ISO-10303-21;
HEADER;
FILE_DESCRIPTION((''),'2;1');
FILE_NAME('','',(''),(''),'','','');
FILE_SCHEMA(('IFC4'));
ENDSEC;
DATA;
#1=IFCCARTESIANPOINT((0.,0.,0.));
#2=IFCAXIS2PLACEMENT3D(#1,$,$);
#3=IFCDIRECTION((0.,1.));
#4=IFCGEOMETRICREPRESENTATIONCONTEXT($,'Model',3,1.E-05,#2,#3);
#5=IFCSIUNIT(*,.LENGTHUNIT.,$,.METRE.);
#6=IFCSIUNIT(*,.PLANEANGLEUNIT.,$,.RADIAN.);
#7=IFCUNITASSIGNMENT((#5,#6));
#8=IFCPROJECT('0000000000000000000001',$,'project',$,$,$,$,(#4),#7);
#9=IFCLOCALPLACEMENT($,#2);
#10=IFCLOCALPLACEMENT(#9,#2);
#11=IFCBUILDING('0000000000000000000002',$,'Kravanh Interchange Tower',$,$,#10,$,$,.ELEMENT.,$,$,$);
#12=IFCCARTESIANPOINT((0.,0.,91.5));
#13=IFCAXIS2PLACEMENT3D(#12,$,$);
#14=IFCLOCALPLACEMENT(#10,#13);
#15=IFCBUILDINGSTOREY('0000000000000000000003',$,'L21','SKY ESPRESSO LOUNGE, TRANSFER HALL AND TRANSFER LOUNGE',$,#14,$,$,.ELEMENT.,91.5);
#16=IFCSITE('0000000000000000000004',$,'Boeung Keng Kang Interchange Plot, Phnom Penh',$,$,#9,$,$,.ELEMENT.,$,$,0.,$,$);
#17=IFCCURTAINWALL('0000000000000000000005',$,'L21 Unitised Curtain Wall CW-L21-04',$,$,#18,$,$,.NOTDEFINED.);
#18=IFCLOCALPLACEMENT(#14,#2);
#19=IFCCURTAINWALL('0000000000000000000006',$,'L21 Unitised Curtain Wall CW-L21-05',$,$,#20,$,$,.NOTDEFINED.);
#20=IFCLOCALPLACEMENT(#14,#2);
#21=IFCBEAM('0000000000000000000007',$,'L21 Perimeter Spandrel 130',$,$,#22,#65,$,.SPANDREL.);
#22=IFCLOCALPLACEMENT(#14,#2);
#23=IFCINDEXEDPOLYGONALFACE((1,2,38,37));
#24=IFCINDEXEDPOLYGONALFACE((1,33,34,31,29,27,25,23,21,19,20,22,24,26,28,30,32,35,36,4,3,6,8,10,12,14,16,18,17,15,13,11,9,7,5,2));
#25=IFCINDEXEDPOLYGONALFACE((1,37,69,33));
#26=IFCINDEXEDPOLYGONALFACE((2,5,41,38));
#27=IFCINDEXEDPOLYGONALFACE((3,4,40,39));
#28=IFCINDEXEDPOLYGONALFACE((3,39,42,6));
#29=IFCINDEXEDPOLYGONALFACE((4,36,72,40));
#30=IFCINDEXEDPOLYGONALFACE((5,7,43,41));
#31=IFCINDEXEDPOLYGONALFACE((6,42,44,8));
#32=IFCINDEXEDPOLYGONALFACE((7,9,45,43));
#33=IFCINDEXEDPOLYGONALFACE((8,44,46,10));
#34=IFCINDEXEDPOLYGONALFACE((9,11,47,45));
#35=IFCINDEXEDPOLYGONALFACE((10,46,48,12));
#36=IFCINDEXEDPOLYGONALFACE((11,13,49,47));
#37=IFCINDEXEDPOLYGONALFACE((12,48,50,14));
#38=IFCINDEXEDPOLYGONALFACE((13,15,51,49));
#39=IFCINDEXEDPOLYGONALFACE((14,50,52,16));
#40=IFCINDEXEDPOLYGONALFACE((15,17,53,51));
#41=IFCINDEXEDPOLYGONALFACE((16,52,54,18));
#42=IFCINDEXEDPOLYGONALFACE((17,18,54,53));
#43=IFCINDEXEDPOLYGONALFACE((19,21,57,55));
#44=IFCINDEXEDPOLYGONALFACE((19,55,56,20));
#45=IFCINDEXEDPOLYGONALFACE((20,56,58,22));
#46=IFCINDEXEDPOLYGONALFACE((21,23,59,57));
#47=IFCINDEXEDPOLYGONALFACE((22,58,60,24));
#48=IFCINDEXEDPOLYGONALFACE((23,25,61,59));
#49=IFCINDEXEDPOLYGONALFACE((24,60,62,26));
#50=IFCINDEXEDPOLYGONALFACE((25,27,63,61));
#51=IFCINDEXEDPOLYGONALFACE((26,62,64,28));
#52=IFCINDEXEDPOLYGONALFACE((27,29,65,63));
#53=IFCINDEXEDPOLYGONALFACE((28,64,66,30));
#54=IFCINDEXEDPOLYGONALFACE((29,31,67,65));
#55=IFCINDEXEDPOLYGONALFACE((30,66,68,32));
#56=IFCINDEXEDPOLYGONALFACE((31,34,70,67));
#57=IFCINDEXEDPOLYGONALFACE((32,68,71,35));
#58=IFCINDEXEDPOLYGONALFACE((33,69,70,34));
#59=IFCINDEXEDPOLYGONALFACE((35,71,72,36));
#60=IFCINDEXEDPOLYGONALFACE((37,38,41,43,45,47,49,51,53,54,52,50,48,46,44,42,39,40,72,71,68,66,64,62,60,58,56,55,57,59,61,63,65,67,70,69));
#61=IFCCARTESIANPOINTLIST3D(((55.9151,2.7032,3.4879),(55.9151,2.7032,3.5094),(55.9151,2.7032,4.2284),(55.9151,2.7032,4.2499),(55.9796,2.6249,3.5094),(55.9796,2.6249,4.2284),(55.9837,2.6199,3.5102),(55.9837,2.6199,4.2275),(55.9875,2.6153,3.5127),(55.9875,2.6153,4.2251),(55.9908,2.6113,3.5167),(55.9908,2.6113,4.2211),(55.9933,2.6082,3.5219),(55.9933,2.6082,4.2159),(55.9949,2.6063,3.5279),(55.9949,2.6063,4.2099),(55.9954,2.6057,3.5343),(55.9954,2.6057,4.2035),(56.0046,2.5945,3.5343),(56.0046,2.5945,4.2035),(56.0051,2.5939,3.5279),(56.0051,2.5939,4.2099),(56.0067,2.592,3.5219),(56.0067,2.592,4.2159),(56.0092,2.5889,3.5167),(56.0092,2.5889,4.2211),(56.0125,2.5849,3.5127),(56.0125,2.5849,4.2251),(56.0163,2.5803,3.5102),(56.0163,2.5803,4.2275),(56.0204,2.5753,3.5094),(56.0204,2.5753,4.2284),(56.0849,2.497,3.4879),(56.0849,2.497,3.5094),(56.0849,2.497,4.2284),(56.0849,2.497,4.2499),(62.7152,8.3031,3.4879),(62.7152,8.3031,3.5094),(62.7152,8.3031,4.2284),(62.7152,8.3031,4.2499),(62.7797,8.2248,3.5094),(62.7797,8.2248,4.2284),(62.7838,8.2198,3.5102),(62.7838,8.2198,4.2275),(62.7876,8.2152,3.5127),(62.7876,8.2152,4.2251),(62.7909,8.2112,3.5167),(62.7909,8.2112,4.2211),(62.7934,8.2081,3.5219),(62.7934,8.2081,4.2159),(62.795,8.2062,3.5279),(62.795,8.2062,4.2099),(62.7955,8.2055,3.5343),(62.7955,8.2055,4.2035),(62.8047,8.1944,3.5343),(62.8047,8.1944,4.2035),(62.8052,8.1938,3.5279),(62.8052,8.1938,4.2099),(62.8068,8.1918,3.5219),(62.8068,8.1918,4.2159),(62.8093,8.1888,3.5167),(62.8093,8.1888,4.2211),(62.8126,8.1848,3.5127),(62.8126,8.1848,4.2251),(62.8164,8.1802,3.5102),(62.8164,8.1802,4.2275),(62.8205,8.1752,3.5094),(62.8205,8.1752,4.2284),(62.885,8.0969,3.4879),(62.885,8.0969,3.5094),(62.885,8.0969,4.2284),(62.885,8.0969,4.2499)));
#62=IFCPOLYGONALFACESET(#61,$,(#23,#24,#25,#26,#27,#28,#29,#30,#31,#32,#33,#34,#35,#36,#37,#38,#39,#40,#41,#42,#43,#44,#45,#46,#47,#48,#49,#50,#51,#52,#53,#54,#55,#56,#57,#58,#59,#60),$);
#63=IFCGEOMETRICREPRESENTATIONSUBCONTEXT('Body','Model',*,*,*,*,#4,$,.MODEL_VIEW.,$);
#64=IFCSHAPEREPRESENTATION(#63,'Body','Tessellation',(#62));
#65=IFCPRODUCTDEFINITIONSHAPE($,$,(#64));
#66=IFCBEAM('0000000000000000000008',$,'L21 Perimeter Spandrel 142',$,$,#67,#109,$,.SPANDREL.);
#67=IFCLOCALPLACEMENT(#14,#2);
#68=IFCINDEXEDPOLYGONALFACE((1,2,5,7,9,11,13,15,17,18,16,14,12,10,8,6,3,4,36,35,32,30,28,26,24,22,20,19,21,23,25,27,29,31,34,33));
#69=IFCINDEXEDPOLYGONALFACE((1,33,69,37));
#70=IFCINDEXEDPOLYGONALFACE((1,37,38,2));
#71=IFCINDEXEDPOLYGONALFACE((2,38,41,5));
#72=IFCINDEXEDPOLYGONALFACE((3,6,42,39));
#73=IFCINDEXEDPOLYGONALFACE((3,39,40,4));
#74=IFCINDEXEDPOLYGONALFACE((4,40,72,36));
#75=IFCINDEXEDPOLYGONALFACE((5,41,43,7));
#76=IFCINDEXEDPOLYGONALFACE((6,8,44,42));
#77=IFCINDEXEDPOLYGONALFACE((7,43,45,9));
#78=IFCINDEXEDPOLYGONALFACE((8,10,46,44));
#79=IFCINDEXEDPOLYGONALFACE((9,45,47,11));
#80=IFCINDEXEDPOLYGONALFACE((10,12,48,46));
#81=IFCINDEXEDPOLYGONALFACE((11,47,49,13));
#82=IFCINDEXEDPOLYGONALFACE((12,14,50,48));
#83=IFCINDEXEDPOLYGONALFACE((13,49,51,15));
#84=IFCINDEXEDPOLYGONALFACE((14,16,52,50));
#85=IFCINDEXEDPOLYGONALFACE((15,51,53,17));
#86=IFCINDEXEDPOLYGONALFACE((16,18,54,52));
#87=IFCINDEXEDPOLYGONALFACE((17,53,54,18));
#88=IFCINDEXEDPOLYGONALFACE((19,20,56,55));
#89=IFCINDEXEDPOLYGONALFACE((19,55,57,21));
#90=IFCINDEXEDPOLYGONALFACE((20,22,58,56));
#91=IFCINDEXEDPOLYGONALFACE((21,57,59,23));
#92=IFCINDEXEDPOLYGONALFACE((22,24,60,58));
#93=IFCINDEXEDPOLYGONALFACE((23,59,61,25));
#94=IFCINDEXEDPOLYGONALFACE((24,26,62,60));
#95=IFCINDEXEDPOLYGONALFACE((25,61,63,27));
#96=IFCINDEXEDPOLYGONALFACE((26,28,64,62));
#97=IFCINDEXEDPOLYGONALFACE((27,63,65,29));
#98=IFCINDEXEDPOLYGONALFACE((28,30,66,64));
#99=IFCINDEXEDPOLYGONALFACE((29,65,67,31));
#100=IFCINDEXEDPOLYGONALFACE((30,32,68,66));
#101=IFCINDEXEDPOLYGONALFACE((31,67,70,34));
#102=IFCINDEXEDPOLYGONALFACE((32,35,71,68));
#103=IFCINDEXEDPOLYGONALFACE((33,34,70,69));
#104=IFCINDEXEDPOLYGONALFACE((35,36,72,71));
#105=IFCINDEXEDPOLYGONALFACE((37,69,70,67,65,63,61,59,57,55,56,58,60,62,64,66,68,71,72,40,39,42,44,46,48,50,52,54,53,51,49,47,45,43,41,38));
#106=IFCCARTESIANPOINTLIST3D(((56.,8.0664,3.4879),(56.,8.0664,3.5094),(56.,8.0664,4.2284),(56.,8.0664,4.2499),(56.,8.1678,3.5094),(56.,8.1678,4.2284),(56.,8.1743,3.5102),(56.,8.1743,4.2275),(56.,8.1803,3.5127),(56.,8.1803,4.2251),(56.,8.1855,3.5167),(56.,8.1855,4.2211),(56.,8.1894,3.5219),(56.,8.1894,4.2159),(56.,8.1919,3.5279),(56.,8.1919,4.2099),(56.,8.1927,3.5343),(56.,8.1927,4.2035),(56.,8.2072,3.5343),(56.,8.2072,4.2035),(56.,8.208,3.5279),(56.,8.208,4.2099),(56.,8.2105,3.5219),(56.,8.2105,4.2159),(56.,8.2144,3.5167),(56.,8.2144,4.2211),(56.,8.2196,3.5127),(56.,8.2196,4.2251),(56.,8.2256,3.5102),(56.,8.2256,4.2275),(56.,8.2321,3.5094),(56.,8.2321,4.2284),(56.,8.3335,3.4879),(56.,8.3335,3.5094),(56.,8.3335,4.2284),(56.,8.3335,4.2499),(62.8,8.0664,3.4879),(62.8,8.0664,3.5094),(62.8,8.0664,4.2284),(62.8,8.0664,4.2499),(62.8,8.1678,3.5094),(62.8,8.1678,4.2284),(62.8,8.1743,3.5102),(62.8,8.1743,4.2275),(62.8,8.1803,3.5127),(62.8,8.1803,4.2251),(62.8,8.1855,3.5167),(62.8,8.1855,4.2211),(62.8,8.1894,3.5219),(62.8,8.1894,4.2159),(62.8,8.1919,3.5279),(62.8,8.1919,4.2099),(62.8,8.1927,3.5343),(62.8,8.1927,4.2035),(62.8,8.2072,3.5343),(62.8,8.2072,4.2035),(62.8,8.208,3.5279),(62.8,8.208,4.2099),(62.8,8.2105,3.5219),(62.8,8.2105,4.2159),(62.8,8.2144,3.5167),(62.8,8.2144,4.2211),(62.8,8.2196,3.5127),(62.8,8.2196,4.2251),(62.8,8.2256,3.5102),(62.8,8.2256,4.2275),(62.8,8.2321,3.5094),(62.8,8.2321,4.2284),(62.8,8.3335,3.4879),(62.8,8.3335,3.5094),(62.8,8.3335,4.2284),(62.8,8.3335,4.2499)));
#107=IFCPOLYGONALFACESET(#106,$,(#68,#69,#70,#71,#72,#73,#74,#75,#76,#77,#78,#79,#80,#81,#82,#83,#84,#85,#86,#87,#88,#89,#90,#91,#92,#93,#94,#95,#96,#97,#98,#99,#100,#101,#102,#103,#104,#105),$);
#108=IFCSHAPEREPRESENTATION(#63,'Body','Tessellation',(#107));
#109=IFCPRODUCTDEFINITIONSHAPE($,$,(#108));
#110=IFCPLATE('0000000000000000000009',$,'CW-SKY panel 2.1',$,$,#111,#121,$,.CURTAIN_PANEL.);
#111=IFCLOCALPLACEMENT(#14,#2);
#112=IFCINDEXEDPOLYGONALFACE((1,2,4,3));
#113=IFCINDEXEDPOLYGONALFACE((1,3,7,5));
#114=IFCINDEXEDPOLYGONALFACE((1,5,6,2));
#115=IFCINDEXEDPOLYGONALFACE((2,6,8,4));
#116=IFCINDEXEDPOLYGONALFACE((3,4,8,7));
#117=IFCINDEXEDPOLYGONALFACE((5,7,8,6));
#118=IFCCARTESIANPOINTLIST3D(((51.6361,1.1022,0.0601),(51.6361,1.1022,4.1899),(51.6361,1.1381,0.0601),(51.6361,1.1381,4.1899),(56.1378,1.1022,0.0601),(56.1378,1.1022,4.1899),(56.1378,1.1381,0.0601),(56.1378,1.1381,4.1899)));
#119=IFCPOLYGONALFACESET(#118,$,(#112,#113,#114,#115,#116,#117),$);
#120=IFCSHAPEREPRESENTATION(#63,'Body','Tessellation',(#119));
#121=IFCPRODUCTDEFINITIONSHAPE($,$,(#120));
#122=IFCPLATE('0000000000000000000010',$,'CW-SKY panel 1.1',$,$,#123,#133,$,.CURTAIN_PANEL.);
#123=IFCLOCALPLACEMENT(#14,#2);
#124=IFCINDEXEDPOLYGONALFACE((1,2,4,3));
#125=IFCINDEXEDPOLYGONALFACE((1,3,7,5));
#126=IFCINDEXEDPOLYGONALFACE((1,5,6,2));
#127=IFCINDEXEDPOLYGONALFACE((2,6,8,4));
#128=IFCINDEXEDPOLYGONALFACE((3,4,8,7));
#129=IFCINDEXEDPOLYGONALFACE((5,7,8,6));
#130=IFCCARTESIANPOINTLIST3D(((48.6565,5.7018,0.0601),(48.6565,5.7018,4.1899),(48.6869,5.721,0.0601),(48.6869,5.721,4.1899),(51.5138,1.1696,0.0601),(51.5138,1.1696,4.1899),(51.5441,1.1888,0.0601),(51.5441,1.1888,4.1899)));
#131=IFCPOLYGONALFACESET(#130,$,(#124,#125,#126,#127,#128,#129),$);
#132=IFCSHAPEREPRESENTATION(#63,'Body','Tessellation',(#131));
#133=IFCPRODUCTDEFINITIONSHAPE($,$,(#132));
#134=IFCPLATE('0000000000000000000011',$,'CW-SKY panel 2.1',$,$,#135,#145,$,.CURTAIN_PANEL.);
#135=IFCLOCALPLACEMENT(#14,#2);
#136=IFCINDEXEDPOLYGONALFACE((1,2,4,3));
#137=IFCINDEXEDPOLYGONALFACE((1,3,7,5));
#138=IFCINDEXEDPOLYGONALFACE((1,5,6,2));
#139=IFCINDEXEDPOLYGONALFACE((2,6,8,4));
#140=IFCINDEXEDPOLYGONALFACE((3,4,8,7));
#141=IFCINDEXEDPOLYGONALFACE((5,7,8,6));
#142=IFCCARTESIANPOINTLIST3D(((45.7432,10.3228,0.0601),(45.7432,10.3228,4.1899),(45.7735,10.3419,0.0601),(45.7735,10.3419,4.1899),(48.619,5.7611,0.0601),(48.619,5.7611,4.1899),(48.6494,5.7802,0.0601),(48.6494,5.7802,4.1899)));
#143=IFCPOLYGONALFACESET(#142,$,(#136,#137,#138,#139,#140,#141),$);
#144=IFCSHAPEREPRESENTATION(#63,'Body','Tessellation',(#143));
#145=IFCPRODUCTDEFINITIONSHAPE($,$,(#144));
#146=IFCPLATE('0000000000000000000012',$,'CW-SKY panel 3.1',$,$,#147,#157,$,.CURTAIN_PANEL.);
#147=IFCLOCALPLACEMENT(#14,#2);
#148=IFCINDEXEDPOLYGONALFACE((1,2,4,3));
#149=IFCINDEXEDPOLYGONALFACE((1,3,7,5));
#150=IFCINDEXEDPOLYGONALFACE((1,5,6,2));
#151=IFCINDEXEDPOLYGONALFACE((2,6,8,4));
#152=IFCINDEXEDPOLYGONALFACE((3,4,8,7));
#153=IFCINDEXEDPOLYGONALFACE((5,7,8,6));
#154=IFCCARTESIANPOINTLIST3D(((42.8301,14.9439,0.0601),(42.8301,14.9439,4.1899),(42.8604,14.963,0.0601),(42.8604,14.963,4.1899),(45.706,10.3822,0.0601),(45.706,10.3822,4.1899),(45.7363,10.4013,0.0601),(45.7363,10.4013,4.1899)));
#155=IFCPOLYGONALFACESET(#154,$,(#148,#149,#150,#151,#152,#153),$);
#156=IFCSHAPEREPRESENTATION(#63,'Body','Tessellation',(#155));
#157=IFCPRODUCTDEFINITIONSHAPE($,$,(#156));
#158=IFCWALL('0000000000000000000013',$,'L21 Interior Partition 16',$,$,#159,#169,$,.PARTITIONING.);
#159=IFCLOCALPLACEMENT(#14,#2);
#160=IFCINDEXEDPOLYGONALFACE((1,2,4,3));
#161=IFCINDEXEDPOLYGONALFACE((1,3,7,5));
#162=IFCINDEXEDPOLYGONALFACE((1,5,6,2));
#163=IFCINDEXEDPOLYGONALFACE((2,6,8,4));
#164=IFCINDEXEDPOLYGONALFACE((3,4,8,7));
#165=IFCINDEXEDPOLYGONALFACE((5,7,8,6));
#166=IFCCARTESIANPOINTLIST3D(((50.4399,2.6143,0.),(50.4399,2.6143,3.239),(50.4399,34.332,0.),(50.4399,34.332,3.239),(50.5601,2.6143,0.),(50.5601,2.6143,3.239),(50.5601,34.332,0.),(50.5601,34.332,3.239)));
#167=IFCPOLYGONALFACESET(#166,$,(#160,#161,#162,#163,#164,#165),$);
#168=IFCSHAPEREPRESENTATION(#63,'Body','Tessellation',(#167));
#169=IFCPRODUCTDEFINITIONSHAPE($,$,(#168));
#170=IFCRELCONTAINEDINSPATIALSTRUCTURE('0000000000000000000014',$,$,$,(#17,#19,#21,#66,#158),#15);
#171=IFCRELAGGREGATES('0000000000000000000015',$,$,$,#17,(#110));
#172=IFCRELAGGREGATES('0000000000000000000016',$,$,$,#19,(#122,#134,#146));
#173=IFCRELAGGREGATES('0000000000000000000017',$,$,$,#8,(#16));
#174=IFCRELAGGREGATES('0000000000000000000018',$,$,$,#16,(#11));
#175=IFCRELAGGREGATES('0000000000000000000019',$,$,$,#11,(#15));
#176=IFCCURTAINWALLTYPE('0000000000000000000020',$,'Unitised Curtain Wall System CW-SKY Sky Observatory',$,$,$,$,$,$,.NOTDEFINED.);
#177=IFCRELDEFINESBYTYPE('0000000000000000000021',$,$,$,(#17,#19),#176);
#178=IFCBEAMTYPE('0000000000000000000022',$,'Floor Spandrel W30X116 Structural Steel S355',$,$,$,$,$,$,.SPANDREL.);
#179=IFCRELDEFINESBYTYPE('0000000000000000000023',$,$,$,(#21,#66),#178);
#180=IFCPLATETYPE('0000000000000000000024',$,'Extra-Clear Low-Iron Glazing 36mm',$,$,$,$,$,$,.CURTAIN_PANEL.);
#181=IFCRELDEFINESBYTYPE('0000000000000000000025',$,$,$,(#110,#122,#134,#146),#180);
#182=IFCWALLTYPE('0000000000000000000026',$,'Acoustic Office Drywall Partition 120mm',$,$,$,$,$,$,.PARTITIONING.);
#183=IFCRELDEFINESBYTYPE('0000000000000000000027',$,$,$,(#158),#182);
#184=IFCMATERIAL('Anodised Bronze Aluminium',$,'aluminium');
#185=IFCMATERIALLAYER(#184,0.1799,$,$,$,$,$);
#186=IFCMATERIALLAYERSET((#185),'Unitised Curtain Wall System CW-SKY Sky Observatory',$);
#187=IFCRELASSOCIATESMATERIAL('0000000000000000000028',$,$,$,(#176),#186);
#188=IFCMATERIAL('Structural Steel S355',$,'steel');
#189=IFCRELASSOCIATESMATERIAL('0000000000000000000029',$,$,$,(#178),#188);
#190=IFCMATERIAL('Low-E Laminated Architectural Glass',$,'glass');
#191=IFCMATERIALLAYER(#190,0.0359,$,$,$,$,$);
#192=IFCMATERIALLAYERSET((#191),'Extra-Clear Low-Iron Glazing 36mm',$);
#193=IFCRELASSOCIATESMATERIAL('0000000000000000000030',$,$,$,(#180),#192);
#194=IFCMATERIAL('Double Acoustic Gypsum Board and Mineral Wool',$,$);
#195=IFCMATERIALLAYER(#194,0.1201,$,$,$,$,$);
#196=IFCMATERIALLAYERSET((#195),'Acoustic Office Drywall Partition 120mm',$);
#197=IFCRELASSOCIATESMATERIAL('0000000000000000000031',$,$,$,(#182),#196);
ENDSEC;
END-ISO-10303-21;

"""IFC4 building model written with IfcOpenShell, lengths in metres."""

from ifc_helpers import new_model, si_unit, direction, frame, frame_2d, origin, origin_2d, place, context, subcontext, project, spatial, rectangle, i_section, extrude, material, layer, layer_set, material_profile, profile_set, type_object, element, aggregate, save


model = new_model("IFC4")

# Units and contexts
model_context = context("Model", 3, precision=1e-05, world=origin(), true_north=direction((0.0, 1.0)))
body_context = subcontext(model_context, "Body", "Model", "MODEL_VIEW")
ifc_project = project(units=[si_unit("LENGTHUNIT", "METRE"), si_unit("PLANEANGLEUNIT", "RADIAN")], contexts=[model_context])

# Site, building, storey
site_placement = place(None, origin())
site = spatial("IfcSite", under=ifc_project, at=site_placement, Name="Boeung Keng Kang Interchange Plot, Phnom Penh", CompositionType="ELEMENT", RefElevation=0.0)
building_placement = place(site_placement, origin())
building = spatial("IfcBuilding", under=site, at=building_placement, Name="Kravanh Interchange Tower", CompositionType="ELEMENT")
storey_placement = place(building_placement, frame((0.0, 0.0, 91.5)))
storey = spatial("IfcBuildingStorey", under=building, at=storey_placement, Name="L21", Description="SKY ESPRESSO LOUNGE, TRANSFER HALL AND TRANSFER LOUNGE", CompositionType="ELEMENT", Elevation=91.5)

# Curtain wall
ifc_material_1 = material(Name="Anodised Bronze Aluminium", Category="aluminium")
ifc_layer_1 = layer(ifc_material_1, 0.1799)
ifc_layer_set_1 = layer_set([ifc_layer_1], Name="Unitised Curtain Wall System CW-SKY Sky Observatory")
curtain_wall_type = type_object("IfcCurtainWallType", Name="Unitised Curtain Wall System CW-SKY Sky Observatory", PredefinedType="NOTDEFINED", material=ifc_layer_set_1)
curtain_wall_1_placement = place(storey_placement, origin())
curtain_wall_1 = element("IfcCurtainWall", 1, at=curtain_wall_1_placement, inside=storey, type_object=curtain_wall_type, Name="L21 Unitised Curtain Wall CW-L21-04", PredefinedType="NOTDEFINED")

# Curtain wall
curtain_wall_2_placement = place(storey_placement, origin())
curtain_wall_2 = element("IfcCurtainWall", 2, at=curtain_wall_2_placement, inside=storey, type_object=curtain_wall_type, Name="L21 Unitised Curtain Wall CW-L21-05", PredefinedType="NOTDEFINED")

# Beams
ifc_material_2 = material(Name="Structural Steel S355", Category="steel")
ifc_material_profile_1 = material_profile(ifc_material_2, i_section(OverallWidth=0.2671, OverallDepth=0.762, WebThickness=0.0144, FlangeThickness=0.0215, FilletRadius=0.0249, at=origin_2d()), Name="W30X116")
ifc_profile_set_1 = profile_set([ifc_material_profile_1], Name="Structural Steel S355")
beam_type_1 = type_object("IfcBeamType", Name="Floor Spandrel W30X116 Structural Steel S355", PredefinedType="SPANDREL", material=ifc_profile_set_1)
beam_1_placement = place(storey_placement, frame((56.0, 2.6001, 3.8689), z_axis=(0.771941, 0.635695, 0.0), x_axis=(-0.635695, 0.771941, 0.0)))
element("IfcBeam", 3, at=beam_1_placement, inside=storey, type_object=beam_type_1, Name="L21 Perimeter Spandrel 130", PredefinedType="SPANDREL", context=body_context, shape_type="SweptSolid", body=[
    extrude(i_section(OverallWidth=0.2671, OverallDepth=0.762, WebThickness=0.0144, FlangeThickness=0.0215, FilletRadius=0.0249, at=origin_2d()), origin(), (0.0, 0.0, 1.0), 8.8091),
])
beam_2_placement = place(storey_placement, frame((56.0, 8.2, 3.8689), z_axis=(1.0, 0.0, 0.0), x_axis=(0.0, 1.0, 0.0)))
element("IfcBeam", 4, at=beam_2_placement, inside=storey, type_object=beam_type_1, Name="L21 Perimeter Spandrel 142", PredefinedType="SPANDREL", context=body_context, shape_type="SweptSolid", body=[
    extrude(i_section(OverallWidth=0.2671, OverallDepth=0.762, WebThickness=0.0144, FlangeThickness=0.0215, FilletRadius=0.0249, at=origin_2d()), origin(), (0.0, 0.0, 1.0), 6.8),
])

# Plates
ifc_material_3 = material(Name="Low-E Laminated Architectural Glass", Category="glass")
ifc_layer_2 = layer(ifc_material_3, 0.0359)
ifc_layer_set_2 = layer_set([ifc_layer_2], Name="Extra-Clear Low-Iron Glazing 36mm")
plate_type = type_object("IfcPlateType", Name="Extra-Clear Low-Iron Glazing 36mm", PredefinedType="CURTAIN_PANEL", material=ifc_layer_set_2)
plate_1_placement = place(storey_placement, frame((53.887, 1.1201, 0.0601), z_axis=(0.0, 0.0, 1.0), x_axis=(-1.0, 0.0, 0.0)))
plate_1 = element("IfcPlate", 5, at=plate_1_placement, type_object=plate_type, Name="CW-SKY panel 2.1", PredefinedType="CURTAIN_PANEL", context=body_context, shape_type="SweptSolid", body=[
    extrude(rectangle(XDim=4.5017, YDim=0.0359, at=origin_2d()), origin(), (0.0, 0.0, 1.0), 4.1299),
])
aggregate(curtain_wall_1, [plate_1])
plate_2_placement = place(storey_placement, frame((50.1003, 3.4453, 0.0601), z_axis=(0.0, 0.0, 1.0), x_axis=(-0.533301, 0.845926, 0.0)))
plate_2 = element("IfcPlate", 6, at=plate_2_placement, type_object=plate_type, Name="CW-SKY panel 1.1", PredefinedType="CURTAIN_PANEL", context=body_context, shape_type="SweptSolid", body=[
    extrude(rectangle(XDim=5.3577, YDim=0.0359, at=origin_2d()), origin(), (0.0, 0.0, 1.0), 4.1299),
])
plate_3_placement = place(storey_placement, frame((47.1963, 8.0515, 0.0601), z_axis=(0.0, 0.0, 1.0), x_axis=(-0.533301, 0.845926, 0.0)))
plate_3 = element("IfcPlate", 7, at=plate_3_placement, type_object=plate_type, Name="CW-SKY panel 2.1", PredefinedType="CURTAIN_PANEL", context=body_context, shape_type="SweptSolid", body=[
    extrude(rectangle(XDim=5.3926, YDim=0.0359, at=origin_2d()), origin(), (0.0, 0.0, 1.0), 4.1299),
])
plate_4_placement = place(storey_placement, frame((44.2832, 12.6726, 0.0601), z_axis=(0.0, 0.0, 1.0), x_axis=(-0.533301, 0.845926, 0.0)))
plate_4 = element("IfcPlate", 8, at=plate_4_placement, type_object=plate_type, Name="CW-SKY panel 3.1", PredefinedType="CURTAIN_PANEL", context=body_context, shape_type="SweptSolid", body=[
    extrude(rectangle(XDim=5.3926, YDim=0.0359, at=origin_2d()), origin(), (0.0, 0.0, 1.0), 4.1299),
])
aggregate(curtain_wall_2, [plate_2, plate_3, plate_4])

# Wall
ifc_material_4 = material(Name="Double Acoustic Gypsum Board and Mineral Wool")
ifc_layer_3 = layer(ifc_material_4, 0.1201)
ifc_layer_set_3 = layer_set([ifc_layer_3], Name="Acoustic Office Drywall Partition 120mm")
wall_type = type_object("IfcWallType", Name="Acoustic Office Drywall Partition 120mm", PredefinedType="PARTITIONING", material=ifc_layer_set_3)
wall_placement = place(storey_placement, frame((50.5, 2.6143, 0.0), z_axis=(0.0, 0.0, 1.0), x_axis=(0.0, 1.0, 0.0)))
element("IfcWall", 9, at=wall_placement, inside=storey, type_object=wall_type, Name="L21 Interior Partition 16", PredefinedType="PARTITIONING", context=body_context, shape_type="SweptSolid", body=[
    extrude(rectangle(XDim=31.7178, YDim=0.1201, at=frame_2d((15.8589, 0.0))), origin(), (0.0, 0.0, 1.0), 3.239),
])

save(model, "model.ifc")
